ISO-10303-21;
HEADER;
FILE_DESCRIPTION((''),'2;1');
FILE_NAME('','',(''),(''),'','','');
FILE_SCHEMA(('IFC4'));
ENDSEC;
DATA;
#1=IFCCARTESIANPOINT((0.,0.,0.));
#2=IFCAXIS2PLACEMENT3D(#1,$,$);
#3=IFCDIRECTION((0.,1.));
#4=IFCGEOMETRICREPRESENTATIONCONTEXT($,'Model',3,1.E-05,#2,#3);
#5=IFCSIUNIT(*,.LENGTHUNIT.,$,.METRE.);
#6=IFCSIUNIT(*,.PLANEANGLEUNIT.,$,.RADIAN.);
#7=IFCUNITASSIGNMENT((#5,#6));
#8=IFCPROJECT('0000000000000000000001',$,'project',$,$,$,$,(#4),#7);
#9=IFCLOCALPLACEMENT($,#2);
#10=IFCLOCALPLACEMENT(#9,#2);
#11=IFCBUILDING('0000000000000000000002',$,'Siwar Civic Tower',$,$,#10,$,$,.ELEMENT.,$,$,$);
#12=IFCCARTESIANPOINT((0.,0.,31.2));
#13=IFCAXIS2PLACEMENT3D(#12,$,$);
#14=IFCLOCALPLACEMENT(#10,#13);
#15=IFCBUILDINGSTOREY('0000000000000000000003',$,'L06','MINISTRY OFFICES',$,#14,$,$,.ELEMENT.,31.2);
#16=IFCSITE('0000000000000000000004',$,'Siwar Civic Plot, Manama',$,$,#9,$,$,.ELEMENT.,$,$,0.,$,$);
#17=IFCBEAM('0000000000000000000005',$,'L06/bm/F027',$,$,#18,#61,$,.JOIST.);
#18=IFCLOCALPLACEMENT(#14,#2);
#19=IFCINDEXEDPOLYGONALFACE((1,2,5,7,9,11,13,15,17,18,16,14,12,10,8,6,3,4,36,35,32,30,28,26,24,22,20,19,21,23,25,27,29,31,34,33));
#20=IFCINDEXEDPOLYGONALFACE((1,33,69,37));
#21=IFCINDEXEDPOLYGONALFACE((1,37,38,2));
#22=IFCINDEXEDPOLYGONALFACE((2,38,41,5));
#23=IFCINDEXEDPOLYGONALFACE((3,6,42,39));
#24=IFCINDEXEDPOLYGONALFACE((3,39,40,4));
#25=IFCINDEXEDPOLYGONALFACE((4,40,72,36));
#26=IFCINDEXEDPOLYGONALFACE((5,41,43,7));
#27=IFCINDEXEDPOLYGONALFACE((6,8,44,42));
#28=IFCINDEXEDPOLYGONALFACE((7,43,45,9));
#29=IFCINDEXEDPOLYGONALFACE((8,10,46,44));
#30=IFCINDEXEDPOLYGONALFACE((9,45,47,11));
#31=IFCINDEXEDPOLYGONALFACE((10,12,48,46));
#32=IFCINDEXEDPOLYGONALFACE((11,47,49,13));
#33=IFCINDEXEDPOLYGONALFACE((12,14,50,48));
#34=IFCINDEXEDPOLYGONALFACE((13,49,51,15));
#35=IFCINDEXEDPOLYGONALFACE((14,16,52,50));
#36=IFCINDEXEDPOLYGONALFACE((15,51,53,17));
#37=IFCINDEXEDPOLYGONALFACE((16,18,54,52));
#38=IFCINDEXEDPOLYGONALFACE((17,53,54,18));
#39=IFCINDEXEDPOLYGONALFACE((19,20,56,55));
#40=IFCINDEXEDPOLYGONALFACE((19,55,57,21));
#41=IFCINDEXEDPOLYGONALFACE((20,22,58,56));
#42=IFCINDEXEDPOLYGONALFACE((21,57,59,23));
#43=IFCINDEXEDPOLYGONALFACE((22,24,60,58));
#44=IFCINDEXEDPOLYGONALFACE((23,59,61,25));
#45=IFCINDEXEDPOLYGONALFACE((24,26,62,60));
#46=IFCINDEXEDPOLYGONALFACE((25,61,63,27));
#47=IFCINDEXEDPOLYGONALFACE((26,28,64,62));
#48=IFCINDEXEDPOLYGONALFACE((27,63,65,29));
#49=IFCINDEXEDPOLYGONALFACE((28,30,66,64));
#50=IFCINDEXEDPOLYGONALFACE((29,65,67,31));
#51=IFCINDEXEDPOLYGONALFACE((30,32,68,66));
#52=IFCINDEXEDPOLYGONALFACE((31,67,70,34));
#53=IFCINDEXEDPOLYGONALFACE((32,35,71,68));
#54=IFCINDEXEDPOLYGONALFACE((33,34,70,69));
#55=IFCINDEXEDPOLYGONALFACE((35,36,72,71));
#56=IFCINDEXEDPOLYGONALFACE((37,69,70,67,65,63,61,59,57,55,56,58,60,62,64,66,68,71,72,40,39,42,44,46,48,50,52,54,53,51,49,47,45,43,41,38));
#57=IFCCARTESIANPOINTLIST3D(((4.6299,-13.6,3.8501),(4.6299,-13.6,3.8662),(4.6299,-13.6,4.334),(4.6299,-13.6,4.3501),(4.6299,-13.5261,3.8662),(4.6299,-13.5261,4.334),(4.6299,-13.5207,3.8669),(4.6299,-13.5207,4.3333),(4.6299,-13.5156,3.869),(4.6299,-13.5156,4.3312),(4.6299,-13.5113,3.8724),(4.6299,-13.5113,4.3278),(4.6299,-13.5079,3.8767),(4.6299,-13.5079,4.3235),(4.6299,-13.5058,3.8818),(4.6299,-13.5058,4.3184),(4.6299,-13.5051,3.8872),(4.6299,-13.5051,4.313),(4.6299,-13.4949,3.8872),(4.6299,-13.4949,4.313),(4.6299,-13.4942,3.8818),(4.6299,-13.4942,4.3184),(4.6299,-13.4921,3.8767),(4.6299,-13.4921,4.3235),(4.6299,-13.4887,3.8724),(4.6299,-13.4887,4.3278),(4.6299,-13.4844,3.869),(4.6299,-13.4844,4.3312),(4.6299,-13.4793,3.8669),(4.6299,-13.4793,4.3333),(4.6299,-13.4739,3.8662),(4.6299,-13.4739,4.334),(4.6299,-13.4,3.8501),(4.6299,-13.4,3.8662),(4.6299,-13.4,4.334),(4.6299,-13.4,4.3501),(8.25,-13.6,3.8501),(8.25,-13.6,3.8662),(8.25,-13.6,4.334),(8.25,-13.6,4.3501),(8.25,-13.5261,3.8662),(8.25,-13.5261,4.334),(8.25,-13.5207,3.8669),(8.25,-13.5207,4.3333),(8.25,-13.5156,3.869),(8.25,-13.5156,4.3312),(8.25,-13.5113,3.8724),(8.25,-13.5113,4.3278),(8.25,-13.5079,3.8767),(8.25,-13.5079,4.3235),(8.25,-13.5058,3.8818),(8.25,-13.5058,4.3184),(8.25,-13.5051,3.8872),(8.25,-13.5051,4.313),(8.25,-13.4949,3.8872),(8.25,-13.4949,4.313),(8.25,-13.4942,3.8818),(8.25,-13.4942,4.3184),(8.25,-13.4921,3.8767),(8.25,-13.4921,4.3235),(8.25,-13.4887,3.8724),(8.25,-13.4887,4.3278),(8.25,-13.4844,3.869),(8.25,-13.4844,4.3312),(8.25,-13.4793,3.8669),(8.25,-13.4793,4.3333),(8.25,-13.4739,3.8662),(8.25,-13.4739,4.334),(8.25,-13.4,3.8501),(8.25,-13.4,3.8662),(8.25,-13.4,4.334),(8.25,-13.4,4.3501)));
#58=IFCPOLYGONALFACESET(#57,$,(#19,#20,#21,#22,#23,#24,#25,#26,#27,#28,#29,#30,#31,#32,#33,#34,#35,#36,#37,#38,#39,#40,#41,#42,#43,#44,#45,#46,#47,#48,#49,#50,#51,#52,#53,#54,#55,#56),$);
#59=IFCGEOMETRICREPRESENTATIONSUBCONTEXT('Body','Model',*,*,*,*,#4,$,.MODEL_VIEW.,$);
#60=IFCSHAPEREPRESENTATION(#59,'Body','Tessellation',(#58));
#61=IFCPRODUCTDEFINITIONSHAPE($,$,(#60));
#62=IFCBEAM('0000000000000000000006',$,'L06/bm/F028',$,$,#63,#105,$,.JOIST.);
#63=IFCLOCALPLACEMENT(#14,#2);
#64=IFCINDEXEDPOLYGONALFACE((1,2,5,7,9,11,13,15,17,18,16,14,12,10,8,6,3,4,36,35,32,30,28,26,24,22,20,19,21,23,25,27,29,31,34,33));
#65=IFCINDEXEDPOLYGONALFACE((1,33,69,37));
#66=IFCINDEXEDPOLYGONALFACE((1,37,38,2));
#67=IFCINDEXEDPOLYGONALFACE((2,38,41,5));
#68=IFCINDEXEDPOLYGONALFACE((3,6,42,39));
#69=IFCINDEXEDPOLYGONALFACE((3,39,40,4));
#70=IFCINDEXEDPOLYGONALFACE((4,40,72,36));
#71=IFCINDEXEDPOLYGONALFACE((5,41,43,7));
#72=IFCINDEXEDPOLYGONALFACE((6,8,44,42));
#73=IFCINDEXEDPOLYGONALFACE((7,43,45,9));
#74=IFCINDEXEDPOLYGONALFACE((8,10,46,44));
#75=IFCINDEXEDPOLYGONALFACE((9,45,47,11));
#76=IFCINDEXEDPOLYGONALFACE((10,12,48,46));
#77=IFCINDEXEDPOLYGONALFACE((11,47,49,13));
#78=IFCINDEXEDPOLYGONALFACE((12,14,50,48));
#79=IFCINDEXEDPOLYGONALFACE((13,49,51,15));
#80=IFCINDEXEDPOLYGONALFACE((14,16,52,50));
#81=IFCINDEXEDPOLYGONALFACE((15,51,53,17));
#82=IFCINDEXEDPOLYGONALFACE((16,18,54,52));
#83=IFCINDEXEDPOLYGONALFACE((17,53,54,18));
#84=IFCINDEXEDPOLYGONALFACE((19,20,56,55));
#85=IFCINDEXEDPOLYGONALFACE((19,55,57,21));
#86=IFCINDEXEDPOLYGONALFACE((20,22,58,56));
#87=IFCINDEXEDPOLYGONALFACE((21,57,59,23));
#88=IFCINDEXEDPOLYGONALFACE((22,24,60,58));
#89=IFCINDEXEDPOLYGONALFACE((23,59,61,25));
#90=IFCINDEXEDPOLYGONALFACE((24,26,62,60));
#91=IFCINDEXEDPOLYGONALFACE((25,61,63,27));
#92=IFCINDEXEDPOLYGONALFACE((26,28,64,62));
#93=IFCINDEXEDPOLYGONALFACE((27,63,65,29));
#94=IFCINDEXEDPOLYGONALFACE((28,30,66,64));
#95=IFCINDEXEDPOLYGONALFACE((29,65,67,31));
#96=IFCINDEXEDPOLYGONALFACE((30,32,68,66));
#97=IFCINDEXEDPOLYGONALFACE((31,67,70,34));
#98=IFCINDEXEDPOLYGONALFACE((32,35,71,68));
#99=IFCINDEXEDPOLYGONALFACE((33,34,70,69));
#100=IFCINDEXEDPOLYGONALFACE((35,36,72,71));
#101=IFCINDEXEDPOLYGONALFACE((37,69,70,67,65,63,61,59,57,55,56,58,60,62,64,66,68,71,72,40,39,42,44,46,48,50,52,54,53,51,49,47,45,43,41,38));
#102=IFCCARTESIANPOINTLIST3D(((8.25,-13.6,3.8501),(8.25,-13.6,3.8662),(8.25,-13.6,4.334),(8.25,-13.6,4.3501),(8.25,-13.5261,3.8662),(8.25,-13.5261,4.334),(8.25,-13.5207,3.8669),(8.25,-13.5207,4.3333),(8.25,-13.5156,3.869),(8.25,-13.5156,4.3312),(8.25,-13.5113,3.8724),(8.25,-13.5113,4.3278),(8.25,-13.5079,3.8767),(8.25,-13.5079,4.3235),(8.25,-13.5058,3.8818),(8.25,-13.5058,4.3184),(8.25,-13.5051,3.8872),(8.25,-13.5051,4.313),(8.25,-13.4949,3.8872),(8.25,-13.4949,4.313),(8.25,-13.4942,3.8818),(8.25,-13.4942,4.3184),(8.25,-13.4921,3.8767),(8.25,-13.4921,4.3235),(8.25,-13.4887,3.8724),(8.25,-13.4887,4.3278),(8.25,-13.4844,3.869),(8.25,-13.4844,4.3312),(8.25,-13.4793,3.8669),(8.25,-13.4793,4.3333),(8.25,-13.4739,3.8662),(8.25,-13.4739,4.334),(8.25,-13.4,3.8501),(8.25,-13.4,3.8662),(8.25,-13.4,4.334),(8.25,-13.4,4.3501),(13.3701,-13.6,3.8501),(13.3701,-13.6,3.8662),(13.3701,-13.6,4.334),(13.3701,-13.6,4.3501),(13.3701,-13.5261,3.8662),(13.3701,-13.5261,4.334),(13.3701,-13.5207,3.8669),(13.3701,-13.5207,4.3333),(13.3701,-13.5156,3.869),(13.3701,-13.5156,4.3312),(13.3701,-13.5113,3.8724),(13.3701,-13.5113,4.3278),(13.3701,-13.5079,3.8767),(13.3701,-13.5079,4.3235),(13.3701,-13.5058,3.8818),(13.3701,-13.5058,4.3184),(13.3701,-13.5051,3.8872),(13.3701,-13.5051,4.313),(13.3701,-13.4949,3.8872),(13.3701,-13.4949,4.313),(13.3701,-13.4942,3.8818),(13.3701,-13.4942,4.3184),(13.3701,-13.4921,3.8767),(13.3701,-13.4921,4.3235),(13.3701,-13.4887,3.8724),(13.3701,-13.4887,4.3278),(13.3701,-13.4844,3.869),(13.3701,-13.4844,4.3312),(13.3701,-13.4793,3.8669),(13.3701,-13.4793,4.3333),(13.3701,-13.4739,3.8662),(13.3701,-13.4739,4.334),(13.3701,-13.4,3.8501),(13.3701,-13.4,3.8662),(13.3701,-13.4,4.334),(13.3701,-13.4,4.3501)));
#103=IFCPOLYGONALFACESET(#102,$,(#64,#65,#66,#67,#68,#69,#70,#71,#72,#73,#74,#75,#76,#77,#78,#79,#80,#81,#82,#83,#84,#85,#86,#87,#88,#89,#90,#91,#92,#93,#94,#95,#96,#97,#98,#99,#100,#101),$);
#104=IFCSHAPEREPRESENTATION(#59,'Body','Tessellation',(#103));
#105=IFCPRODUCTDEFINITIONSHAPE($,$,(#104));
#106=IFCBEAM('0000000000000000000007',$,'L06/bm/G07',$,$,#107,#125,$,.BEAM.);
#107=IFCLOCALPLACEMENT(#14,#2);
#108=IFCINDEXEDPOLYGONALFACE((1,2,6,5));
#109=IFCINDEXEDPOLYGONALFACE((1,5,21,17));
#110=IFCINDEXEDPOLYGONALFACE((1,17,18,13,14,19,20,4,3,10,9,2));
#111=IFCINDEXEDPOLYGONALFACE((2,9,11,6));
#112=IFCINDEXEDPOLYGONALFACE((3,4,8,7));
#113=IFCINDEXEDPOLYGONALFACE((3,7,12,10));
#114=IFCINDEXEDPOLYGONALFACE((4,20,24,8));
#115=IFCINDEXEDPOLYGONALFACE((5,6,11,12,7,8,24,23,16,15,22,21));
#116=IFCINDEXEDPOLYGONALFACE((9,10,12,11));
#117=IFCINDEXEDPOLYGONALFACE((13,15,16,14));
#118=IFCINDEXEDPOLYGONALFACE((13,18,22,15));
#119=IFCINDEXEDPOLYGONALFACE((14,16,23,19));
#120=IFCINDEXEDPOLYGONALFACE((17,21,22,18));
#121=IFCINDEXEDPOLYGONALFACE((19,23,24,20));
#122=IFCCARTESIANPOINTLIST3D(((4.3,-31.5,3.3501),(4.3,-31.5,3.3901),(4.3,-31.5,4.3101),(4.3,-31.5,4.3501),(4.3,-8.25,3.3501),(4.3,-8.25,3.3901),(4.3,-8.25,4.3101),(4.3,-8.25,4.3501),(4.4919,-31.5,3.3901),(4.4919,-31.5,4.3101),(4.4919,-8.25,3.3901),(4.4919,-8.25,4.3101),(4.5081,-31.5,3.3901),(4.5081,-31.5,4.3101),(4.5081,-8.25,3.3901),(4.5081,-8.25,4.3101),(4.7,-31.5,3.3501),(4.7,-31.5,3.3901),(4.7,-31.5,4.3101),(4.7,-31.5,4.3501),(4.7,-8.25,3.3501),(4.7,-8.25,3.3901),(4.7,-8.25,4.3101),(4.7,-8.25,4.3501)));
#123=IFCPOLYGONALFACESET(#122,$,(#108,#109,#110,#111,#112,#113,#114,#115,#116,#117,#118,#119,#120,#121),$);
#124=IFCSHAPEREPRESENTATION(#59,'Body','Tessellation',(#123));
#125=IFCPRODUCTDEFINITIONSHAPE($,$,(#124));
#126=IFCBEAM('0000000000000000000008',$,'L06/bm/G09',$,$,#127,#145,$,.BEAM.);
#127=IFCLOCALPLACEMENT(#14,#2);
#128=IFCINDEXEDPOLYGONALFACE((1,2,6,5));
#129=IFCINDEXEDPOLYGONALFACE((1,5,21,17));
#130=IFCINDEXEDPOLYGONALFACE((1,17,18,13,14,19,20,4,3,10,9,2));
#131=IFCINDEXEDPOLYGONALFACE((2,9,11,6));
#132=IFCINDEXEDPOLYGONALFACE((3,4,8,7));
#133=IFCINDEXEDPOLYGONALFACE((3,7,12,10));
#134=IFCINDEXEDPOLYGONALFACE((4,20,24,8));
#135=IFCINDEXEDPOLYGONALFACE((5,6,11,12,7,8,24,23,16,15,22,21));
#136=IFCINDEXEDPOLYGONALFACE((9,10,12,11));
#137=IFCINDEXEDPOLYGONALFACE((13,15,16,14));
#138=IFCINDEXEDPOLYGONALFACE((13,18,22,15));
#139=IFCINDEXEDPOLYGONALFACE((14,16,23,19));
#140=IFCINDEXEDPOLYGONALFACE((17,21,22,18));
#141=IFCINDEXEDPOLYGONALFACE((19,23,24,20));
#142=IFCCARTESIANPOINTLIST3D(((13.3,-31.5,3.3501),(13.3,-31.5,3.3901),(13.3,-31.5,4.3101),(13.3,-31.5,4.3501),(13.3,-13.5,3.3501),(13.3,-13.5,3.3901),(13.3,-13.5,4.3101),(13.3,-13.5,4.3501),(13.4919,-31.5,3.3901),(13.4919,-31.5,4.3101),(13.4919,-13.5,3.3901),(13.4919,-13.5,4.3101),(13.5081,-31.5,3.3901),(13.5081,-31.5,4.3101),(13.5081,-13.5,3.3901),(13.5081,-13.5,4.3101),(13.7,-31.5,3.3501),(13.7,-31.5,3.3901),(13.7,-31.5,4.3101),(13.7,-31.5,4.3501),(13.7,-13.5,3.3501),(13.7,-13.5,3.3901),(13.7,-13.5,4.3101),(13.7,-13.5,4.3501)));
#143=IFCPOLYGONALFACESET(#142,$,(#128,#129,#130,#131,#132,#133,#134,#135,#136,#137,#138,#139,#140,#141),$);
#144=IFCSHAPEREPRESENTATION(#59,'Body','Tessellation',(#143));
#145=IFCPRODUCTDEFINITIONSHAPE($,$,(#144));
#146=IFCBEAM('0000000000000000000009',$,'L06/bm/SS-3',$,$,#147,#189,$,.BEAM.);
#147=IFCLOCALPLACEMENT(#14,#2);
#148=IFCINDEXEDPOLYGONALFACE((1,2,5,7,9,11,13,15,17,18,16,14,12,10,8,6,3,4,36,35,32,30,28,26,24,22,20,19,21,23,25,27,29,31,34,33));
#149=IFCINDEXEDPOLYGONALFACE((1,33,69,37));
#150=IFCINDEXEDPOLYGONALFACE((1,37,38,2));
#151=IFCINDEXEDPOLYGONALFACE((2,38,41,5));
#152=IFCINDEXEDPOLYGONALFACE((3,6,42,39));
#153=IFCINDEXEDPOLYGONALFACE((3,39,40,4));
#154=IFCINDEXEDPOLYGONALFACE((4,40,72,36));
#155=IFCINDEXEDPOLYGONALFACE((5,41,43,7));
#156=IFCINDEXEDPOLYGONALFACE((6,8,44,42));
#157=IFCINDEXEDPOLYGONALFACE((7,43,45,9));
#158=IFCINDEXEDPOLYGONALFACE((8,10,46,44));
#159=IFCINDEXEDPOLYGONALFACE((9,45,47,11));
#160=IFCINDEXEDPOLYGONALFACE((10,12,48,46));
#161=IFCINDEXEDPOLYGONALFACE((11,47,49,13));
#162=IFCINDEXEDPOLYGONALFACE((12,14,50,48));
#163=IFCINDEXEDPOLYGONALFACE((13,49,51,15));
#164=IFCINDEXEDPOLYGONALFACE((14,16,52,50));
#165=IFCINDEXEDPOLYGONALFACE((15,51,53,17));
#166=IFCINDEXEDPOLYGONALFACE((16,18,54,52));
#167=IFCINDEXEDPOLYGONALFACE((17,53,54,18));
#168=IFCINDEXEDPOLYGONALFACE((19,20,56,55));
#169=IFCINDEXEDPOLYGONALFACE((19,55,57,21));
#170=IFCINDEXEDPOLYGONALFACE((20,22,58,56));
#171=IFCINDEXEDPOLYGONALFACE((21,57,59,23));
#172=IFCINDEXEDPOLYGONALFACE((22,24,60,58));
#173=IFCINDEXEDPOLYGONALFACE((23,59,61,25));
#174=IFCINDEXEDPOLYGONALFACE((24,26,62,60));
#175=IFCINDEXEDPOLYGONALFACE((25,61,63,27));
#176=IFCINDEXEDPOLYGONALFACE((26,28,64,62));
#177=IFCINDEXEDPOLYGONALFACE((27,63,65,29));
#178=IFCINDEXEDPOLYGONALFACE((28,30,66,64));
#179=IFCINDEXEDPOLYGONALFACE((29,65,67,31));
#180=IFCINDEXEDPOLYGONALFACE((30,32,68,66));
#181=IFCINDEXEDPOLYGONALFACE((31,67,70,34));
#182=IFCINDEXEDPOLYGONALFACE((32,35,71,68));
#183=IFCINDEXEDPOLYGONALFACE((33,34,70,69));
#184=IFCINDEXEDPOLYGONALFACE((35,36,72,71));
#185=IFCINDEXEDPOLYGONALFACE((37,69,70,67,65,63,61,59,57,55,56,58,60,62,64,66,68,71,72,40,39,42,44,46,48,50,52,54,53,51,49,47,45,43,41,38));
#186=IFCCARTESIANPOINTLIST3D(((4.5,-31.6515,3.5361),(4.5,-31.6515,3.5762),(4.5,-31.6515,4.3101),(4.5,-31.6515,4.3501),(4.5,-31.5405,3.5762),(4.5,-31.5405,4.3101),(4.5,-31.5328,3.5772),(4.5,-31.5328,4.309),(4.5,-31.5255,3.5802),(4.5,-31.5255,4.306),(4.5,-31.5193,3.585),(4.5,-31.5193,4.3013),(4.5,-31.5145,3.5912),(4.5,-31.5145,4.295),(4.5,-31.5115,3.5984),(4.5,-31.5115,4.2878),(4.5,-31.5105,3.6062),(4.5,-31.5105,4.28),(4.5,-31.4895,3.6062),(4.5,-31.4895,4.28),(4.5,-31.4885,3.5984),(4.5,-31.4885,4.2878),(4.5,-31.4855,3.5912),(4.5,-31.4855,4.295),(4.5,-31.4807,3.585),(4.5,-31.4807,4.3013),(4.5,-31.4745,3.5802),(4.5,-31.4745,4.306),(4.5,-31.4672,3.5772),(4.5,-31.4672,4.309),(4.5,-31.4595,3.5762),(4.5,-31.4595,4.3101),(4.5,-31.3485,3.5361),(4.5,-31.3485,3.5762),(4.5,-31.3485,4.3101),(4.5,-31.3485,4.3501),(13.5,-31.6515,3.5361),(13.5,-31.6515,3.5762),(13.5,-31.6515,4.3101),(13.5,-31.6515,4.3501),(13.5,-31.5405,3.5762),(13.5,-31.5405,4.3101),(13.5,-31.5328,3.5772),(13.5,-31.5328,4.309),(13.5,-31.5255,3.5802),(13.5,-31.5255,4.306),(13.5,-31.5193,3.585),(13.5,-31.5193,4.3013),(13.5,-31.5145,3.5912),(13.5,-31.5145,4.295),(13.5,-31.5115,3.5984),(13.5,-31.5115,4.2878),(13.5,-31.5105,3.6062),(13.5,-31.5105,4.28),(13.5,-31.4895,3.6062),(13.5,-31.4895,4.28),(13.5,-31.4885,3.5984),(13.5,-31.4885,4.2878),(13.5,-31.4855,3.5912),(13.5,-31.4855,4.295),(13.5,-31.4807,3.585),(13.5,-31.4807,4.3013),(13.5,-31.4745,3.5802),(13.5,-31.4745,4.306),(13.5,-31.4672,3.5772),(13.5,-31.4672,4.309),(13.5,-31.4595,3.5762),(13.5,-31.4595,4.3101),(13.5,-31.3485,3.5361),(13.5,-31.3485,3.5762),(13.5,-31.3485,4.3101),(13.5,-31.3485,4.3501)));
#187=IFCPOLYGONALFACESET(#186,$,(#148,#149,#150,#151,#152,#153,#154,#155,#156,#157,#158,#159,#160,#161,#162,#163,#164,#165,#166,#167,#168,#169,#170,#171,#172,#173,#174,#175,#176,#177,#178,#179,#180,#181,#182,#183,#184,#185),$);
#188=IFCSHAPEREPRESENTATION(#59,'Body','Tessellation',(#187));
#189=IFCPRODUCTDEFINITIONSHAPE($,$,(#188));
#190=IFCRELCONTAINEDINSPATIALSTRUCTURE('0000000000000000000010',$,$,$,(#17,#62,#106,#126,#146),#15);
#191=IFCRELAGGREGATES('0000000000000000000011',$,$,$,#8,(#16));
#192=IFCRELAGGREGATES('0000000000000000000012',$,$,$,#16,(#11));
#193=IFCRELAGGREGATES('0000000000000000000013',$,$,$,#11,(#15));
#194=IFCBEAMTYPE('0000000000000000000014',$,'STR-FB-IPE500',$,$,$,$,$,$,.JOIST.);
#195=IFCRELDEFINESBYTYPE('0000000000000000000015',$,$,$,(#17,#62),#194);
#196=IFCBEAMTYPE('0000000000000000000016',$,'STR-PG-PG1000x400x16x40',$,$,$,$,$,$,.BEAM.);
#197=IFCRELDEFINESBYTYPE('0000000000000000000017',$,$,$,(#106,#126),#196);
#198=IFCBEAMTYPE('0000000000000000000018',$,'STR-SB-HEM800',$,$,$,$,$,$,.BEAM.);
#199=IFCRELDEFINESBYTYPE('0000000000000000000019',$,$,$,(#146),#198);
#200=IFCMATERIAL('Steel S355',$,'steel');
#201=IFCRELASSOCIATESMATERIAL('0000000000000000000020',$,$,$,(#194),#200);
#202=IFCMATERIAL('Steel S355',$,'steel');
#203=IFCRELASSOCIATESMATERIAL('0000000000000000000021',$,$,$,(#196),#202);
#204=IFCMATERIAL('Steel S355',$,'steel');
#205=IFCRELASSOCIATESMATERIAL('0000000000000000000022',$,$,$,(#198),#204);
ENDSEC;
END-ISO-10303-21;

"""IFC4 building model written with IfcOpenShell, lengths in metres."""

from ifc_helpers import new_model, si_unit, direction, frame, origin, origin_2d, place, context, subcontext, project, spatial, i_section, extrude, material, material_profile, profile_set, type_object, element, save


model = new_model("IFC4")

# Units and contexts
model_context = context("Model", 3, precision=1e-05, world=origin(), true_north=direction((0.0, 1.0)))
body_context = subcontext(model_context, "Body", "Model", "MODEL_VIEW")
ifc_project = project(units=[si_unit("LENGTHUNIT", "METRE"), si_unit("PLANEANGLEUNIT", "RADIAN")], contexts=[model_context])

# Site, building, storey
site_placement = place(None, origin())
site = spatial("IfcSite", under=ifc_project, at=site_placement, Name="Siwar Civic Plot, Manama", CompositionType="ELEMENT", RefElevation=0.0)
building_placement = place(site_placement, origin())
building = spatial("IfcBuilding", under=site, at=building_placement, Name="Siwar Civic Tower", CompositionType="ELEMENT")
storey_placement = place(building_placement, frame((0.0, 0.0, 31.2)))
storey = spatial("IfcBuildingStorey", under=building, at=storey_placement, Name="L06", Description="MINISTRY OFFICES", CompositionType="ELEMENT", Elevation=31.2)

# Beams
ifc_material_1 = material(Name="Steel S355", Category="steel")
ifc_material_profile_1 = material_profile(ifc_material_1, i_section(OverallWidth=0.2, OverallDepth=0.5, WebThickness=0.0103, FlangeThickness=0.0161, FilletRadius=0.021, at=origin_2d()), Name="IPE500")
ifc_profile_set_1 = profile_set([ifc_material_profile_1], Name="Steel S355")
beam_type_1 = type_object("IfcBeamType", Name="STR-FB-IPE500", PredefinedType="JOIST", material=ifc_profile_set_1)
beam_1_placement = place(storey_placement, frame((4.6299, -13.5, 4.1001), z_axis=(1.0, 0.0, 0.0), x_axis=(0.0, 1.0, 0.0)))
element("IfcBeam", 1, at=beam_1_placement, inside=storey, type_object=beam_type_1, Name="L06/bm/F027", PredefinedType="JOIST", context=body_context, shape_type="SweptSolid", body=[
    extrude(i_section(OverallWidth=0.2, OverallDepth=0.5, WebThickness=0.0103, FlangeThickness=0.0161, FilletRadius=0.021, at=origin_2d()), origin(), (0.0, 0.0, 1.0), 3.6201),
])
beam_2_placement = place(storey_placement, frame((8.25, -13.5, 4.1001), z_axis=(1.0, 0.0, 0.0), x_axis=(0.0, 1.0, 0.0)))
element("IfcBeam", 2, at=beam_2_placement, inside=storey, type_object=beam_type_1, Name="L06/bm/F028", PredefinedType="JOIST", context=body_context, shape_type="SweptSolid", body=[
    extrude(i_section(OverallWidth=0.2, OverallDepth=0.5, WebThickness=0.0103, FlangeThickness=0.0161, FilletRadius=0.021, at=origin_2d()), origin(), (0.0, 0.0, 1.0), 5.1201),
])
ifc_material_2 = material(Name="Steel S355", Category="steel")
ifc_material_profile_2 = material_profile(ifc_material_2, i_section(OverallWidth=0.3999, OverallDepth=1.0, WebThickness=0.0161, FlangeThickness=0.04, at=origin_2d()), Name="PG1000x400x16x40")
ifc_profile_set_2 = profile_set([ifc_material_profile_2], Name="Steel S355")
beam_type_2 = type_object("IfcBeamType", Name="STR-PG-PG1000x400x16x40", PredefinedType="BEAM", material=ifc_profile_set_2)
beam_3_placement = place(storey_placement, frame((4.5, -31.5, 3.8501), z_axis=(0.0, 1.0, 0.0), x_axis=(-1.0, 0.0, 0.0)))
element("IfcBeam", 3, at=beam_3_placement, inside=storey, type_object=beam_type_2, Name="L06/bm/G07", PredefinedType="BEAM", context=body_context, shape_type="SweptSolid", body=[
    extrude(i_section(OverallWidth=0.3999, OverallDepth=1.0, WebThickness=0.0161, FlangeThickness=0.04, at=origin_2d()), origin(), (0.0, 0.0, 1.0), 23.25),
])
beam_4_placement = place(storey_placement, frame((13.5, -31.5, 3.8501), z_axis=(0.0, 1.0, 0.0), x_axis=(-1.0, 0.0, 0.0)))
element("IfcBeam", 4, at=beam_4_placement, inside=storey, type_object=beam_type_2, Name="L06/bm/G09", PredefinedType="BEAM", context=body_context, shape_type="SweptSolid", body=[
    extrude(i_section(OverallWidth=0.3999, OverallDepth=1.0, WebThickness=0.0161, FlangeThickness=0.04, at=origin_2d()), origin(), (0.0, 0.0, 1.0), 18.0),
])
ifc_material_3 = material(Name="Steel S355", Category="steel")
ifc_material_profile_3 = material_profile(ifc_material_3, i_section(OverallWidth=0.303, OverallDepth=0.814, WebThickness=0.021, FlangeThickness=0.04, FilletRadius=0.03, at=origin_2d()), Name="HEM800")
ifc_profile_set_3 = profile_set([ifc_material_profile_3], Name="Steel S355")
beam_type_3 = type_object("IfcBeamType", Name="STR-SB-HEM800", PredefinedType="BEAM", material=ifc_profile_set_3)
for number, where, z_axis, x_axis, name in (
    (5, (4.5, -31.5, 3.9431), (1.0, 0.0, 0.0), (0.0, 1.0, 0.0), "L06/bm/SS-3"),
):
    element("IfcBeam", number, at=place(storey_placement, frame(where, z_axis=z_axis, x_axis=x_axis)), inside=storey, type_object=beam_type_3, Name=name, PredefinedType="BEAM", context=body_context, shape_type="SweptSolid", body=[
        extrude(i_section(OverallWidth=0.303, OverallDepth=0.814, WebThickness=0.021, FlangeThickness=0.04, FilletRadius=0.03, at=origin_2d()), origin(), (0.0, 0.0, 1.0), 9.0),
    ])

save(model, "model.ifc")
